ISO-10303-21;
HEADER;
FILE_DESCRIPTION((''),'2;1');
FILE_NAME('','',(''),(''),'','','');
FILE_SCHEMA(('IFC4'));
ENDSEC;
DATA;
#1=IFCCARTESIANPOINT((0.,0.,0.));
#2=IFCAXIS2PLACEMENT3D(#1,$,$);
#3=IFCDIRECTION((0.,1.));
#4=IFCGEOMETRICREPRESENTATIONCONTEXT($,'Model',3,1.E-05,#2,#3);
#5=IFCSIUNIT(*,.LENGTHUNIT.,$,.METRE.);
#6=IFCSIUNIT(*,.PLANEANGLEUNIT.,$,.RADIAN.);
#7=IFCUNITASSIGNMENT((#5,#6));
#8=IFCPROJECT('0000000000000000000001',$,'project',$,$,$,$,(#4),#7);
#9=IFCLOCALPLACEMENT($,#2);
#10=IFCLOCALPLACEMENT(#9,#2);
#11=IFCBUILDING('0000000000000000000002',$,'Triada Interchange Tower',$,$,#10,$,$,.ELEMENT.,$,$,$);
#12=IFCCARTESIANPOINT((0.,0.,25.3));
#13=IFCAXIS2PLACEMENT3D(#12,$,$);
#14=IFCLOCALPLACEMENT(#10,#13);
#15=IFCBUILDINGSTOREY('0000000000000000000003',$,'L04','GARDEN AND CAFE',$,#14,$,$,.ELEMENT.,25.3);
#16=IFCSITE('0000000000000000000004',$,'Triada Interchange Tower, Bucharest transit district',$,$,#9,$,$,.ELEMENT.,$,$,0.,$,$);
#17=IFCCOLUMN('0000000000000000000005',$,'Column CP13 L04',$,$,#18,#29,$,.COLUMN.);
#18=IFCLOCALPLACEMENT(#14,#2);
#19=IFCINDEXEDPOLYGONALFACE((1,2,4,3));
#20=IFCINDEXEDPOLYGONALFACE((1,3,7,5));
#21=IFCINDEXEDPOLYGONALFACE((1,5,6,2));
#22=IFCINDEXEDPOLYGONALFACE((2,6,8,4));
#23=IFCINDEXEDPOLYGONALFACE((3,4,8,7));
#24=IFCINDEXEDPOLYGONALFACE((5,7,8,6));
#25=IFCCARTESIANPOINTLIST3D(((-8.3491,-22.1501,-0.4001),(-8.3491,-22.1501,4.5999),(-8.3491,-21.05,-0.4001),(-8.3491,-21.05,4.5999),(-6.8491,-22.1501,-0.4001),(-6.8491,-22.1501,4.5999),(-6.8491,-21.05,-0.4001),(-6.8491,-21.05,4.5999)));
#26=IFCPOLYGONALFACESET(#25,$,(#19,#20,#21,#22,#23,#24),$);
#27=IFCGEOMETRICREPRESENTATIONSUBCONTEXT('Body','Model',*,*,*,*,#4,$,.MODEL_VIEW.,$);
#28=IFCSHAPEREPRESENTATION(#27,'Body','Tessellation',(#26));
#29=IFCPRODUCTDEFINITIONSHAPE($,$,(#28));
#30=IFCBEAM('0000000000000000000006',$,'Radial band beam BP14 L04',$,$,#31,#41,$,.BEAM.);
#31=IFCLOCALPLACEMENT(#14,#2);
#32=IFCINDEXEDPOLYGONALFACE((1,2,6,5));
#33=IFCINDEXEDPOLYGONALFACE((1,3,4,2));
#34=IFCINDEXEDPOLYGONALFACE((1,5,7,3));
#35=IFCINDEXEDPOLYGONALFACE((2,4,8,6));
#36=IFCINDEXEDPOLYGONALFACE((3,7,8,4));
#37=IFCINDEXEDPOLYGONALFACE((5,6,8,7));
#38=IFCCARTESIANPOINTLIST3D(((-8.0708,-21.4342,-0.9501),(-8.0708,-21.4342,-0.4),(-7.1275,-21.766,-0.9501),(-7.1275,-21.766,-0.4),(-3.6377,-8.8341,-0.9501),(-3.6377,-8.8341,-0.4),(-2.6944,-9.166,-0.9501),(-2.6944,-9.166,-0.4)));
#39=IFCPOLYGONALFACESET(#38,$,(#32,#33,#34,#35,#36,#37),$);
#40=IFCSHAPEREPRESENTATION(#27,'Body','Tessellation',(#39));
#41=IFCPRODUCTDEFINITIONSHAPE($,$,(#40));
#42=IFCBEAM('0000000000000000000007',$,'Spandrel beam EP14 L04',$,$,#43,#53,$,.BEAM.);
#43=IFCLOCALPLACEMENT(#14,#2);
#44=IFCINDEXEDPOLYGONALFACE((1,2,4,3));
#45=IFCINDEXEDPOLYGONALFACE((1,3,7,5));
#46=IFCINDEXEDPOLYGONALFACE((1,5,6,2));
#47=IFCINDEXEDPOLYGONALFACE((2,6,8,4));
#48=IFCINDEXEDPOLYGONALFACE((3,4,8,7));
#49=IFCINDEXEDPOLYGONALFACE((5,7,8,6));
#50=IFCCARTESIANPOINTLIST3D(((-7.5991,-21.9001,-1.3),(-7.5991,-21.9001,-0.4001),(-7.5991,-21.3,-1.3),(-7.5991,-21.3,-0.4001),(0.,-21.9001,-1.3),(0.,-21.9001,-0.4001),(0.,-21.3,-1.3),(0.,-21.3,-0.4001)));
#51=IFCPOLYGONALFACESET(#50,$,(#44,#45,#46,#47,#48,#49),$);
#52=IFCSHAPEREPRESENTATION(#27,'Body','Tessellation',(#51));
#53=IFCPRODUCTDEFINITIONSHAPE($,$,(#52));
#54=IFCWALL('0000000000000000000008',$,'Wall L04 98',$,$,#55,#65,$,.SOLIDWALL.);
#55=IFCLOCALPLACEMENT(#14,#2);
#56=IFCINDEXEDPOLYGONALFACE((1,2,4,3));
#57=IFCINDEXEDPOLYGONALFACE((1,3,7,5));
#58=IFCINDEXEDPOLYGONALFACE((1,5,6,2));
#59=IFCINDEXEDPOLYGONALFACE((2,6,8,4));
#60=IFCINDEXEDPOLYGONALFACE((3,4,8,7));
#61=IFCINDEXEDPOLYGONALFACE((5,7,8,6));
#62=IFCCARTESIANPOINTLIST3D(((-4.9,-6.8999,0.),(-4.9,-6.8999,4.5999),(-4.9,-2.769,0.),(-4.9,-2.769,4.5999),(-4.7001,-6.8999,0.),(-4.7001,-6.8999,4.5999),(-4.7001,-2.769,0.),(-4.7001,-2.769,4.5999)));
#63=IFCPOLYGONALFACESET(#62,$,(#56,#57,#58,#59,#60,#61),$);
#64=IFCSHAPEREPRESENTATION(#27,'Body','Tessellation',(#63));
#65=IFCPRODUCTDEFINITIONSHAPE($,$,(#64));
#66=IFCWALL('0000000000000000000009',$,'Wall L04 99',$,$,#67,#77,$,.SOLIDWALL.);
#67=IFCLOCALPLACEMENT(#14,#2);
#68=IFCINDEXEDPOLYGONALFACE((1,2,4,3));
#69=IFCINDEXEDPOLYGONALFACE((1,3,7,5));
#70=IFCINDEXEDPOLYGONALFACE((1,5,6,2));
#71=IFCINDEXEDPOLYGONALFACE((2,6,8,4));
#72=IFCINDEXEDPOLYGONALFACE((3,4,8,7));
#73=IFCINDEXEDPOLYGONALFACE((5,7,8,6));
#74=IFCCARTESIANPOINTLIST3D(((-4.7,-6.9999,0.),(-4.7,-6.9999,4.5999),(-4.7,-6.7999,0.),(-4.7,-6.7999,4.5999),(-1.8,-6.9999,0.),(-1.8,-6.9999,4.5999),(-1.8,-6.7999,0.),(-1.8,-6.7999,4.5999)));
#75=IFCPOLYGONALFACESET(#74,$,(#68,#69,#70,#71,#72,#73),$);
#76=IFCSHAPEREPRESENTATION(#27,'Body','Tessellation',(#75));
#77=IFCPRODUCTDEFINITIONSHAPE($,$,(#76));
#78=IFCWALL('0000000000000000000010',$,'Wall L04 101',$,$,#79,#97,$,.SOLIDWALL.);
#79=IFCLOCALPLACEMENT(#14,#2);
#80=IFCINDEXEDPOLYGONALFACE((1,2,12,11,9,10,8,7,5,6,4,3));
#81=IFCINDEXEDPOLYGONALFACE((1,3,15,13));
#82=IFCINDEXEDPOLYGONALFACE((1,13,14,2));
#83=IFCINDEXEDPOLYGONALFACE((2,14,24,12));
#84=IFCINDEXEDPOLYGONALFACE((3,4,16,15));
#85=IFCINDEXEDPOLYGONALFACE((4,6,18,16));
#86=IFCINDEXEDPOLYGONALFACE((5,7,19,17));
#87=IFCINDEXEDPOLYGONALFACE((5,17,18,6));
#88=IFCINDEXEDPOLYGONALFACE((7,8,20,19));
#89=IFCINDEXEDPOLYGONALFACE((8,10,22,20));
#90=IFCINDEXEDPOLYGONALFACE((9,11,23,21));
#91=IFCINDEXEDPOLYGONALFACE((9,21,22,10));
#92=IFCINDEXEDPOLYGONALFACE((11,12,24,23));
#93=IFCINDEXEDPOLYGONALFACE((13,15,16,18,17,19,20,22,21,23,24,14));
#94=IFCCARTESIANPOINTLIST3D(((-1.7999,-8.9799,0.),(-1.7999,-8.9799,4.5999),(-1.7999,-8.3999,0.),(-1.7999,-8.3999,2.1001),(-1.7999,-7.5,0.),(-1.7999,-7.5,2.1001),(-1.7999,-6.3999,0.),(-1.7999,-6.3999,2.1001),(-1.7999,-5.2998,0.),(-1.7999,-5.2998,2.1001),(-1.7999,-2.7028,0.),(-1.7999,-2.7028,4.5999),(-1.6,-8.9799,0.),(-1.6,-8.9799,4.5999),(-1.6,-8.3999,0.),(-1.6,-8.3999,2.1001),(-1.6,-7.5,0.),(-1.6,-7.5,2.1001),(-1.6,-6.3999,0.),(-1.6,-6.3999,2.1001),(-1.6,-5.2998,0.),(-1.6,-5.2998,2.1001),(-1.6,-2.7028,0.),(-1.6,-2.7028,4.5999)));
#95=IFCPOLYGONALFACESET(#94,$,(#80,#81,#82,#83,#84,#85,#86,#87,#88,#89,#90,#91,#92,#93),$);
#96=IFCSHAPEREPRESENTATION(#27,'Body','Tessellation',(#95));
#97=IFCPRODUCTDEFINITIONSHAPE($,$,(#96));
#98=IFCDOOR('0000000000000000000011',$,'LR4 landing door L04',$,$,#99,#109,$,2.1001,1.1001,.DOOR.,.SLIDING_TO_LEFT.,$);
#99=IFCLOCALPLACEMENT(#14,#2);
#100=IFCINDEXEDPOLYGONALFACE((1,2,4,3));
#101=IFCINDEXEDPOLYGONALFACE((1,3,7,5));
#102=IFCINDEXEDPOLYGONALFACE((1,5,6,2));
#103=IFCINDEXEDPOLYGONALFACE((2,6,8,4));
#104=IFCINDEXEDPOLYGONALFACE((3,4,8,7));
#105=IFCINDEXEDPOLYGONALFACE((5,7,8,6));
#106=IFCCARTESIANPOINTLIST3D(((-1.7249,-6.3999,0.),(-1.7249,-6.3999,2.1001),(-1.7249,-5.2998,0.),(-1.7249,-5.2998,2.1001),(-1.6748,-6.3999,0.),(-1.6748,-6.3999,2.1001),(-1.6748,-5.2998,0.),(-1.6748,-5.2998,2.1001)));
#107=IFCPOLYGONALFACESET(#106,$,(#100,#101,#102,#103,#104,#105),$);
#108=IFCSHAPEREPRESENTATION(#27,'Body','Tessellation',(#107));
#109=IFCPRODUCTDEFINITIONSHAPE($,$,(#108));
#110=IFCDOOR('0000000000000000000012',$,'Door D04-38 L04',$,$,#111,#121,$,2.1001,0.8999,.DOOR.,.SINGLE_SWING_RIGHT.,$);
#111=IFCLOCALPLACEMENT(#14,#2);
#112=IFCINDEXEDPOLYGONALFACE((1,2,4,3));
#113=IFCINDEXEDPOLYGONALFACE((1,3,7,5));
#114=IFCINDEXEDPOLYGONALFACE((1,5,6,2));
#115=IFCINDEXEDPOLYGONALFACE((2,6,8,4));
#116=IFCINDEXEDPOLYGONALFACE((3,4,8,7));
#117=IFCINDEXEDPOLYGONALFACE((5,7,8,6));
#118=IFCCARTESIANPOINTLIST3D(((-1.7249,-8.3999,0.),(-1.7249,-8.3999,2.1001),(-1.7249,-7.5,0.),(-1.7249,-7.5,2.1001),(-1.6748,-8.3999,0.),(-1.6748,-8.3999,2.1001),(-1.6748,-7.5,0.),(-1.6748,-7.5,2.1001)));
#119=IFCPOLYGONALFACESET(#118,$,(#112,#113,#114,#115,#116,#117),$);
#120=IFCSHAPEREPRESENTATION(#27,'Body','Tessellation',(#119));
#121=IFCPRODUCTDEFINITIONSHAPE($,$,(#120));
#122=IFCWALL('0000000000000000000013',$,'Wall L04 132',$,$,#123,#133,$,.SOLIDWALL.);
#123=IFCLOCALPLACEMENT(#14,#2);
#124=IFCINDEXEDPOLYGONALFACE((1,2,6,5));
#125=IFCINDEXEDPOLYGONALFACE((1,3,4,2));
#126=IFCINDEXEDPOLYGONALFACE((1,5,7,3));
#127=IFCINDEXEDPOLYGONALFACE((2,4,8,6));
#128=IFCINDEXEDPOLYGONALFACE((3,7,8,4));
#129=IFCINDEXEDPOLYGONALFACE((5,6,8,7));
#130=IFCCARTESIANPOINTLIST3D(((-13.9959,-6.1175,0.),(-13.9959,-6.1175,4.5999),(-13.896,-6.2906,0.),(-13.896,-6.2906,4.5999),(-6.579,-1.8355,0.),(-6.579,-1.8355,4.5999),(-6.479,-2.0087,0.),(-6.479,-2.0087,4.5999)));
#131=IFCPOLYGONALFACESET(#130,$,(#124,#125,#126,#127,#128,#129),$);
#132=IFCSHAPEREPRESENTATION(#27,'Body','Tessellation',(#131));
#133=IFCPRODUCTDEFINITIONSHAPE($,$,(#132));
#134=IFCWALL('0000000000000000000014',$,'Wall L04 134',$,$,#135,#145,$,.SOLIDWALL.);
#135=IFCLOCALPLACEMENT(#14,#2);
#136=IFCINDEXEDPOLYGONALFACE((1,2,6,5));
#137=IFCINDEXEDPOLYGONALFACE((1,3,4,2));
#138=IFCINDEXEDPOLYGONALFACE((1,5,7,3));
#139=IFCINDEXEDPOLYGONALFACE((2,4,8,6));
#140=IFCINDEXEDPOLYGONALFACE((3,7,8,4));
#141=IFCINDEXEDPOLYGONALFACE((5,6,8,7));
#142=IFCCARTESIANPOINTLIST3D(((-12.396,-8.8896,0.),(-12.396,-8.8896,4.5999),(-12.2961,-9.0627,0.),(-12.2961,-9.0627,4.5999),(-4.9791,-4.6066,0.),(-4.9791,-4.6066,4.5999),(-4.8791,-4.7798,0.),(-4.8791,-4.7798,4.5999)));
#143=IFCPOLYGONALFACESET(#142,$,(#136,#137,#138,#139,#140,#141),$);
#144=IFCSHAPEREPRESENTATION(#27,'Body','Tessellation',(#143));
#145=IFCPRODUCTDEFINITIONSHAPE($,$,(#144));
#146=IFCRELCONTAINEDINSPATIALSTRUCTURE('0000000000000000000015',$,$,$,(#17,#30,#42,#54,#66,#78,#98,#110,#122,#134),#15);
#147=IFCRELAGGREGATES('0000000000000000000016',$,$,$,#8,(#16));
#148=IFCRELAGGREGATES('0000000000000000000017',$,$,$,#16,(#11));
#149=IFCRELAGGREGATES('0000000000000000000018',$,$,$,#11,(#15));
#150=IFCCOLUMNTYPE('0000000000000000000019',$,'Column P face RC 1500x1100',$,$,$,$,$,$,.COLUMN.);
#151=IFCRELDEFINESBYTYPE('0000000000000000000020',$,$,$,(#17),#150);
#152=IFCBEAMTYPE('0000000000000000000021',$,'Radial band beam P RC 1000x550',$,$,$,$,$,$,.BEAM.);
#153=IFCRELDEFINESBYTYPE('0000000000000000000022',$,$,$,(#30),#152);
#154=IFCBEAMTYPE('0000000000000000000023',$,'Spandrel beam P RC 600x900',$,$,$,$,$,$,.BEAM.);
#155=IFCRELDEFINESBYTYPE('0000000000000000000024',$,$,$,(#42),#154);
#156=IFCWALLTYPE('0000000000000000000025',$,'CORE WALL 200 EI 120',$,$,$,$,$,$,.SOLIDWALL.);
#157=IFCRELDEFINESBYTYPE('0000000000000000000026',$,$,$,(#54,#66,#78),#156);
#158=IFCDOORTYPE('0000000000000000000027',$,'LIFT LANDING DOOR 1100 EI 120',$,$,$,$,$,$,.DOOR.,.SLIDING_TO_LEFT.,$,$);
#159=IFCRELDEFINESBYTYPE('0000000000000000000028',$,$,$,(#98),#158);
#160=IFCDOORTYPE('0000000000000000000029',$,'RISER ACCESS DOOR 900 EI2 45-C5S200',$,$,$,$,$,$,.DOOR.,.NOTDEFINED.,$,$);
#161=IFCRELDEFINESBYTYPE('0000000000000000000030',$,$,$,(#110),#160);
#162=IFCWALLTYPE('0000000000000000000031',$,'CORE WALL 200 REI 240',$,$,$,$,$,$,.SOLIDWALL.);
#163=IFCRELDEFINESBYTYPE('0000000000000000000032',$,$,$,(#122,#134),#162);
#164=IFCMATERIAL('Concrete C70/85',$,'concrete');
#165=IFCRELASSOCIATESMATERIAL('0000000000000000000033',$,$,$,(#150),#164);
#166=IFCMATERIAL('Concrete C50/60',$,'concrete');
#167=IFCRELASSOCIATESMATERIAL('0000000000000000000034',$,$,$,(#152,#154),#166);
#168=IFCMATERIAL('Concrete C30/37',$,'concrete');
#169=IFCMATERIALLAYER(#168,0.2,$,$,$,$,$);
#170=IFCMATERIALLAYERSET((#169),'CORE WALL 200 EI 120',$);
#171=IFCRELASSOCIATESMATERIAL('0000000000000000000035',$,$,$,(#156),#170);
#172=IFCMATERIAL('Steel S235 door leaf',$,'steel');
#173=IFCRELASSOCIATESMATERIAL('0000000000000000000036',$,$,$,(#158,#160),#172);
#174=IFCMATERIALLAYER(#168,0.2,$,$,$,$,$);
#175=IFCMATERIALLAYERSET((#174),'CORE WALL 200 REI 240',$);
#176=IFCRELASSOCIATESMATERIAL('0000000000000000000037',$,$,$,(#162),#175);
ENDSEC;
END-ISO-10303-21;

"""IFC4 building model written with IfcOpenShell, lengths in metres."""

from ifc_helpers import new_model, si_unit, direction, frame, frame_2d, origin, origin_2d, place, context, subcontext, project, spatial, rectangle, extrude, material, layer, layer_set, material_profile, profile_set, type_object, element, fill, save


model = new_model("IFC4")

# Units and contexts
model_context = context("Model", 3, precision=1e-05, world=origin(), true_north=direction((0.0, 1.0)))
body_context = subcontext(model_context, "Body", "Model", "MODEL_VIEW")
ifc_project = project(units=[si_unit("LENGTHUNIT", "METRE"), si_unit("PLANEANGLEUNIT", "RADIAN")], contexts=[model_context])

# Site, building, storey
site_placement = place(None, origin())
site = spatial("IfcSite", under=ifc_project, at=site_placement, Name="Triada Interchange Tower, Bucharest transit district", CompositionType="ELEMENT", RefElevation=0.0)
building_placement = place(site_placement, origin())
building = spatial("IfcBuilding", under=site, at=building_placement, Name="Triada Interchange Tower", CompositionType="ELEMENT")
storey_placement = place(building_placement, frame((0.0, 0.0, 25.3)))
storey = spatial("IfcBuildingStorey", under=building, at=storey_placement, Name="L04", Description="GARDEN AND CAFE", CompositionType="ELEMENT", Elevation=25.3)

# Column
ifc_material_1 = material(Name="Concrete C70/85", Category="concrete")
ifc_material_profile_1 = material_profile(ifc_material_1, rectangle(XDim=1.5, YDim=1.1001, at=origin_2d()), Name="RC 1500x1100")
ifc_profile_set_1 = profile_set([ifc_material_profile_1], Name="Concrete C70/85")
column_type = type_object("IfcColumnType", Name="Column P face RC 1500x1100", PredefinedType="COLUMN", material=ifc_profile_set_1)
column_placement = place(storey_placement, frame((-7.5991, -21.6001, -0.4001), z_axis=(0.0, 0.0, 1.0), x_axis=(1.0, 0.0, 0.0)))
element("IfcColumn", 1, at=column_placement, inside=storey, type_object=column_type, Name="Column CP13 L04", PredefinedType="COLUMN", context=body_context, shape_type="SweptSolid", body=[
    extrude(rectangle(XDim=1.5, YDim=1.1001, at=origin_2d()), origin(), (0.0, 0.0, 1.0), 5.0),
])

# Beams
ifc_material_2 = material(Name="Concrete C50/60", Category="concrete")
ifc_material_profile_2 = material_profile(ifc_material_2, rectangle(XDim=1.0, YDim=0.55, at=origin_2d()), Name="RC 1000x550")
ifc_profile_set_2 = profile_set([ifc_material_profile_2], Name="Concrete C50/60")
beam_type_1 = type_object("IfcBeamType", Name="Radial band beam P RC 1000x550", PredefinedType="BEAM", material=ifc_profile_set_2)
beam_1_placement = place(storey_placement, frame((-7.5991, -21.6001, -0.675), z_axis=(0.331889, 0.943319, 0.0), x_axis=(-0.943319, 0.331889, 0.0)))
element("IfcBeam", 2, at=beam_1_placement, inside=storey, type_object=beam_type_1, Name="Radial band beam BP14 L04", PredefinedType="BEAM", context=body_context, shape_type="SweptSolid", body=[
    extrude(rectangle(XDim=1.0, YDim=0.55, at=origin_2d()), origin(), (0.0, 0.0, 1.0), 13.3572),
])
ifc_material_profile_3 = material_profile(ifc_material_2, rectangle(XDim=0.6001, YDim=0.8999, at=origin_2d()), Name="RC 600x900")
ifc_profile_set_3 = profile_set([ifc_material_profile_3], Name="Concrete C50/60")
beam_type_2 = type_object("IfcBeamType", Name="Spandrel beam P RC 600x900", PredefinedType="BEAM", material=ifc_profile_set_3)
beam_2_placement = place(storey_placement, frame((-7.5991, -21.6001, -0.8501), z_axis=(1.0, 0.0, 0.0), x_axis=(0.0, 1.0, 0.0)))
element("IfcBeam", 3, at=beam_2_placement, inside=storey, type_object=beam_type_2, Name="Spandrel beam EP14 L04", PredefinedType="BEAM", context=body_context, shape_type="SweptSolid", body=[
    extrude(rectangle(XDim=0.6001, YDim=0.8999, at=origin_2d()), origin(), (0.0, 0.0, 1.0), 7.5991),
])

# Walls
ifc_material_3 = material(Name="Concrete C30/37", Category="concrete")
ifc_layer_1 = layer(ifc_material_3, 0.2)
ifc_layer_set_1 = layer_set([ifc_layer_1], Name="CORE WALL 200 EI 120")
wall_type_1 = type_object("IfcWallType", Name="CORE WALL 200 EI 120", PredefinedType="SOLIDWALL", material=ifc_layer_set_1)
wall_1_placement = place(storey_placement, frame((-4.8, -6.8999, 0.0), z_axis=(0.0, 0.0, 1.0), x_axis=(0.0, 1.0, 0.0)))
element("IfcWall", 4, at=wall_1_placement, inside=storey, type_object=wall_type_1, Name="Wall L04 98", PredefinedType="SOLIDWALL", context=body_context, shape_type="SweptSolid", body=[
    extrude(rectangle(XDim=4.1309, YDim=0.2, at=frame_2d((2.0654, 0.0))), origin(), (0.0, 0.0, 1.0), 4.5999),
])
wall_2_placement = place(storey_placement, frame((-4.7, -6.8999, 0.0), z_axis=(0.0, 0.0, 1.0), x_axis=(1.0, 0.0, 0.0)))
element("IfcWall", 5, at=wall_2_placement, inside=storey, type_object=wall_type_1, Name="Wall L04 99", PredefinedType="SOLIDWALL", context=body_context, shape_type="SweptSolid", body=[
    extrude(rectangle(XDim=2.8999, YDim=0.2, at=frame_2d((1.45, 0.0))), origin(), (0.0, 0.0, 1.0), 4.5999),
])

# Wall, openings, doors
wall_3_placement = place(storey_placement, frame((-1.7, -8.98, 0.0), z_axis=(0.0, 0.0, 1.0), x_axis=(0.0, 1.0, 0.0)))
wall_3 = element("IfcWall", 6, at=wall_3_placement, inside=storey, type_object=wall_type_1, Name="Wall L04 101", PredefinedType="SOLIDWALL", context=body_context, shape_type="SweptSolid", body=[
    extrude(rectangle(XDim=6.2771, YDim=0.2, at=frame_2d((3.1387, 0.0))), origin(), (0.0, 0.0, 1.0), 4.5999),
])
opening_1_placement = place(wall_3_placement, frame((2.5801, 0.0, 0.0)))
opening_1 = element("IfcOpeningElement", 7, at=opening_1_placement, cuts=wall_3, PredefinedType="OPENING", context=body_context, shape_type="SweptSolid", body=[
    extrude(rectangle(XDim=1.1001, YDim=2.1001, at=frame_2d((0.55, 1.05))), frame((0.0, 0.1099, 0.0), z_axis=(0.0, -1.0, 0.0), x_axis=(1.0, 0.0, 0.0)), (0.0, 0.0, 1.0), 0.22),
])
opening_2_placement = place(wall_3_placement, frame((0.5801, 0.0, 0.0)))
opening_2 = element("IfcOpeningElement", 8, at=opening_2_placement, cuts=wall_3, PredefinedType="OPENING", context=body_context, shape_type="SweptSolid", body=[
    extrude(rectangle(XDim=0.8999, YDim=2.1001, at=frame_2d((0.45, 1.05))), frame((0.0, 0.1099, 0.0), z_axis=(0.0, -1.0, 0.0), x_axis=(1.0, 0.0, 0.0)), (0.0, 0.0, 1.0), 0.22),
])
ifc_material_4 = material(Name="Steel S235 door leaf", Category="steel")
door_type_1 = type_object("IfcDoorType", Name="LIFT LANDING DOOR 1100 EI 120", OperationType="SLIDING_TO_LEFT", PredefinedType="DOOR", material=ifc_material_4)
door_1_placement = place(opening_1_placement, origin())
door_1 = element("IfcDoor", 9, at=door_1_placement, inside=storey, type_object=door_type_1, Name="LR4 landing door L04", OperationType="SLIDING_TO_LEFT", OverallHeight=2.1001, OverallWidth=1.1001, PredefinedType="DOOR", context=body_context, shape_type="SweptSolid", body=[
    extrude(rectangle(XDim=1.1001, YDim=2.1001, at=frame_2d((0.55, 1.05))), frame((0.0, 0.0249, 0.0), z_axis=(0.0, -1.0, 0.0), x_axis=(1.0, 0.0, 0.0)), (0.0, 0.0, 1.0), 0.05),
])
fill(opening_1, door_1)
door_type_2 = type_object("IfcDoorType", Name="RISER ACCESS DOOR 900 EI2 45-C5S200", OperationType="NOTDEFINED", PredefinedType="DOOR", material=ifc_material_4)
door_2_placement = place(opening_2_placement, origin())
door_2 = element("IfcDoor", 10, at=door_2_placement, inside=storey, type_object=door_type_2, Name="Door D04-38 L04", OperationType="SINGLE_SWING_RIGHT", OverallHeight=2.1001, OverallWidth=0.8999, PredefinedType="DOOR", context=body_context, shape_type="SweptSolid", body=[
    extrude(rectangle(XDim=0.8999, YDim=2.1001, at=frame_2d((0.45, 1.05))), frame((0.0, 0.0249, 0.0), z_axis=(0.0, -1.0, 0.0), x_axis=(1.0, 0.0, 0.0)), (0.0, 0.0, 1.0), 0.05),
])
fill(opening_2, door_2)

# Walls
ifc_layer_2 = layer(ifc_material_3, 0.2)
ifc_layer_set_2 = layer_set([ifc_layer_2], Name="CORE WALL 200 REI 240")
wall_type_2 = type_object("IfcWallType", Name="CORE WALL 200 REI 240", PredefinedType="SOLIDWALL", material=ifc_layer_set_2)
wall_4_placement = place(storey_placement, frame((-13.946, -6.2041, 0.0), z_axis=(0.0, 0.0, 1.0), x_axis=(0.866037, 0.499981, 0.0)))
element("IfcWall", 11, at=wall_4_placement, inside=storey, type_object=wall_type_2, Name="Wall L04 132", PredefinedType="SOLIDWALL", context=body_context, shape_type="SweptSolid", body=[
    extrude(rectangle(XDim=8.5642, YDim=0.2, at=frame_2d((4.2822, 0.0))), origin(), (0.0, 0.0, 1.0), 4.5999),
])
wall_5_placement = place(storey_placement, frame((-12.3459, -8.9761, 0.0), z_axis=(0.0, 0.0, 1.0), x_axis=(0.865987, 0.500066, 0.0)))
element("IfcWall", 12, at=wall_5_placement, inside=storey, type_object=wall_type_2, Name="Wall L04 134", PredefinedType="SOLIDWALL", context=body_context, shape_type="SweptSolid", body=[
    extrude(rectangle(XDim=8.5647, YDim=0.2, at=frame_2d((4.2822, 0.0))), origin(), (0.0, 0.0, 1.0), 4.5999),
])

save(model, "model.ifc")
